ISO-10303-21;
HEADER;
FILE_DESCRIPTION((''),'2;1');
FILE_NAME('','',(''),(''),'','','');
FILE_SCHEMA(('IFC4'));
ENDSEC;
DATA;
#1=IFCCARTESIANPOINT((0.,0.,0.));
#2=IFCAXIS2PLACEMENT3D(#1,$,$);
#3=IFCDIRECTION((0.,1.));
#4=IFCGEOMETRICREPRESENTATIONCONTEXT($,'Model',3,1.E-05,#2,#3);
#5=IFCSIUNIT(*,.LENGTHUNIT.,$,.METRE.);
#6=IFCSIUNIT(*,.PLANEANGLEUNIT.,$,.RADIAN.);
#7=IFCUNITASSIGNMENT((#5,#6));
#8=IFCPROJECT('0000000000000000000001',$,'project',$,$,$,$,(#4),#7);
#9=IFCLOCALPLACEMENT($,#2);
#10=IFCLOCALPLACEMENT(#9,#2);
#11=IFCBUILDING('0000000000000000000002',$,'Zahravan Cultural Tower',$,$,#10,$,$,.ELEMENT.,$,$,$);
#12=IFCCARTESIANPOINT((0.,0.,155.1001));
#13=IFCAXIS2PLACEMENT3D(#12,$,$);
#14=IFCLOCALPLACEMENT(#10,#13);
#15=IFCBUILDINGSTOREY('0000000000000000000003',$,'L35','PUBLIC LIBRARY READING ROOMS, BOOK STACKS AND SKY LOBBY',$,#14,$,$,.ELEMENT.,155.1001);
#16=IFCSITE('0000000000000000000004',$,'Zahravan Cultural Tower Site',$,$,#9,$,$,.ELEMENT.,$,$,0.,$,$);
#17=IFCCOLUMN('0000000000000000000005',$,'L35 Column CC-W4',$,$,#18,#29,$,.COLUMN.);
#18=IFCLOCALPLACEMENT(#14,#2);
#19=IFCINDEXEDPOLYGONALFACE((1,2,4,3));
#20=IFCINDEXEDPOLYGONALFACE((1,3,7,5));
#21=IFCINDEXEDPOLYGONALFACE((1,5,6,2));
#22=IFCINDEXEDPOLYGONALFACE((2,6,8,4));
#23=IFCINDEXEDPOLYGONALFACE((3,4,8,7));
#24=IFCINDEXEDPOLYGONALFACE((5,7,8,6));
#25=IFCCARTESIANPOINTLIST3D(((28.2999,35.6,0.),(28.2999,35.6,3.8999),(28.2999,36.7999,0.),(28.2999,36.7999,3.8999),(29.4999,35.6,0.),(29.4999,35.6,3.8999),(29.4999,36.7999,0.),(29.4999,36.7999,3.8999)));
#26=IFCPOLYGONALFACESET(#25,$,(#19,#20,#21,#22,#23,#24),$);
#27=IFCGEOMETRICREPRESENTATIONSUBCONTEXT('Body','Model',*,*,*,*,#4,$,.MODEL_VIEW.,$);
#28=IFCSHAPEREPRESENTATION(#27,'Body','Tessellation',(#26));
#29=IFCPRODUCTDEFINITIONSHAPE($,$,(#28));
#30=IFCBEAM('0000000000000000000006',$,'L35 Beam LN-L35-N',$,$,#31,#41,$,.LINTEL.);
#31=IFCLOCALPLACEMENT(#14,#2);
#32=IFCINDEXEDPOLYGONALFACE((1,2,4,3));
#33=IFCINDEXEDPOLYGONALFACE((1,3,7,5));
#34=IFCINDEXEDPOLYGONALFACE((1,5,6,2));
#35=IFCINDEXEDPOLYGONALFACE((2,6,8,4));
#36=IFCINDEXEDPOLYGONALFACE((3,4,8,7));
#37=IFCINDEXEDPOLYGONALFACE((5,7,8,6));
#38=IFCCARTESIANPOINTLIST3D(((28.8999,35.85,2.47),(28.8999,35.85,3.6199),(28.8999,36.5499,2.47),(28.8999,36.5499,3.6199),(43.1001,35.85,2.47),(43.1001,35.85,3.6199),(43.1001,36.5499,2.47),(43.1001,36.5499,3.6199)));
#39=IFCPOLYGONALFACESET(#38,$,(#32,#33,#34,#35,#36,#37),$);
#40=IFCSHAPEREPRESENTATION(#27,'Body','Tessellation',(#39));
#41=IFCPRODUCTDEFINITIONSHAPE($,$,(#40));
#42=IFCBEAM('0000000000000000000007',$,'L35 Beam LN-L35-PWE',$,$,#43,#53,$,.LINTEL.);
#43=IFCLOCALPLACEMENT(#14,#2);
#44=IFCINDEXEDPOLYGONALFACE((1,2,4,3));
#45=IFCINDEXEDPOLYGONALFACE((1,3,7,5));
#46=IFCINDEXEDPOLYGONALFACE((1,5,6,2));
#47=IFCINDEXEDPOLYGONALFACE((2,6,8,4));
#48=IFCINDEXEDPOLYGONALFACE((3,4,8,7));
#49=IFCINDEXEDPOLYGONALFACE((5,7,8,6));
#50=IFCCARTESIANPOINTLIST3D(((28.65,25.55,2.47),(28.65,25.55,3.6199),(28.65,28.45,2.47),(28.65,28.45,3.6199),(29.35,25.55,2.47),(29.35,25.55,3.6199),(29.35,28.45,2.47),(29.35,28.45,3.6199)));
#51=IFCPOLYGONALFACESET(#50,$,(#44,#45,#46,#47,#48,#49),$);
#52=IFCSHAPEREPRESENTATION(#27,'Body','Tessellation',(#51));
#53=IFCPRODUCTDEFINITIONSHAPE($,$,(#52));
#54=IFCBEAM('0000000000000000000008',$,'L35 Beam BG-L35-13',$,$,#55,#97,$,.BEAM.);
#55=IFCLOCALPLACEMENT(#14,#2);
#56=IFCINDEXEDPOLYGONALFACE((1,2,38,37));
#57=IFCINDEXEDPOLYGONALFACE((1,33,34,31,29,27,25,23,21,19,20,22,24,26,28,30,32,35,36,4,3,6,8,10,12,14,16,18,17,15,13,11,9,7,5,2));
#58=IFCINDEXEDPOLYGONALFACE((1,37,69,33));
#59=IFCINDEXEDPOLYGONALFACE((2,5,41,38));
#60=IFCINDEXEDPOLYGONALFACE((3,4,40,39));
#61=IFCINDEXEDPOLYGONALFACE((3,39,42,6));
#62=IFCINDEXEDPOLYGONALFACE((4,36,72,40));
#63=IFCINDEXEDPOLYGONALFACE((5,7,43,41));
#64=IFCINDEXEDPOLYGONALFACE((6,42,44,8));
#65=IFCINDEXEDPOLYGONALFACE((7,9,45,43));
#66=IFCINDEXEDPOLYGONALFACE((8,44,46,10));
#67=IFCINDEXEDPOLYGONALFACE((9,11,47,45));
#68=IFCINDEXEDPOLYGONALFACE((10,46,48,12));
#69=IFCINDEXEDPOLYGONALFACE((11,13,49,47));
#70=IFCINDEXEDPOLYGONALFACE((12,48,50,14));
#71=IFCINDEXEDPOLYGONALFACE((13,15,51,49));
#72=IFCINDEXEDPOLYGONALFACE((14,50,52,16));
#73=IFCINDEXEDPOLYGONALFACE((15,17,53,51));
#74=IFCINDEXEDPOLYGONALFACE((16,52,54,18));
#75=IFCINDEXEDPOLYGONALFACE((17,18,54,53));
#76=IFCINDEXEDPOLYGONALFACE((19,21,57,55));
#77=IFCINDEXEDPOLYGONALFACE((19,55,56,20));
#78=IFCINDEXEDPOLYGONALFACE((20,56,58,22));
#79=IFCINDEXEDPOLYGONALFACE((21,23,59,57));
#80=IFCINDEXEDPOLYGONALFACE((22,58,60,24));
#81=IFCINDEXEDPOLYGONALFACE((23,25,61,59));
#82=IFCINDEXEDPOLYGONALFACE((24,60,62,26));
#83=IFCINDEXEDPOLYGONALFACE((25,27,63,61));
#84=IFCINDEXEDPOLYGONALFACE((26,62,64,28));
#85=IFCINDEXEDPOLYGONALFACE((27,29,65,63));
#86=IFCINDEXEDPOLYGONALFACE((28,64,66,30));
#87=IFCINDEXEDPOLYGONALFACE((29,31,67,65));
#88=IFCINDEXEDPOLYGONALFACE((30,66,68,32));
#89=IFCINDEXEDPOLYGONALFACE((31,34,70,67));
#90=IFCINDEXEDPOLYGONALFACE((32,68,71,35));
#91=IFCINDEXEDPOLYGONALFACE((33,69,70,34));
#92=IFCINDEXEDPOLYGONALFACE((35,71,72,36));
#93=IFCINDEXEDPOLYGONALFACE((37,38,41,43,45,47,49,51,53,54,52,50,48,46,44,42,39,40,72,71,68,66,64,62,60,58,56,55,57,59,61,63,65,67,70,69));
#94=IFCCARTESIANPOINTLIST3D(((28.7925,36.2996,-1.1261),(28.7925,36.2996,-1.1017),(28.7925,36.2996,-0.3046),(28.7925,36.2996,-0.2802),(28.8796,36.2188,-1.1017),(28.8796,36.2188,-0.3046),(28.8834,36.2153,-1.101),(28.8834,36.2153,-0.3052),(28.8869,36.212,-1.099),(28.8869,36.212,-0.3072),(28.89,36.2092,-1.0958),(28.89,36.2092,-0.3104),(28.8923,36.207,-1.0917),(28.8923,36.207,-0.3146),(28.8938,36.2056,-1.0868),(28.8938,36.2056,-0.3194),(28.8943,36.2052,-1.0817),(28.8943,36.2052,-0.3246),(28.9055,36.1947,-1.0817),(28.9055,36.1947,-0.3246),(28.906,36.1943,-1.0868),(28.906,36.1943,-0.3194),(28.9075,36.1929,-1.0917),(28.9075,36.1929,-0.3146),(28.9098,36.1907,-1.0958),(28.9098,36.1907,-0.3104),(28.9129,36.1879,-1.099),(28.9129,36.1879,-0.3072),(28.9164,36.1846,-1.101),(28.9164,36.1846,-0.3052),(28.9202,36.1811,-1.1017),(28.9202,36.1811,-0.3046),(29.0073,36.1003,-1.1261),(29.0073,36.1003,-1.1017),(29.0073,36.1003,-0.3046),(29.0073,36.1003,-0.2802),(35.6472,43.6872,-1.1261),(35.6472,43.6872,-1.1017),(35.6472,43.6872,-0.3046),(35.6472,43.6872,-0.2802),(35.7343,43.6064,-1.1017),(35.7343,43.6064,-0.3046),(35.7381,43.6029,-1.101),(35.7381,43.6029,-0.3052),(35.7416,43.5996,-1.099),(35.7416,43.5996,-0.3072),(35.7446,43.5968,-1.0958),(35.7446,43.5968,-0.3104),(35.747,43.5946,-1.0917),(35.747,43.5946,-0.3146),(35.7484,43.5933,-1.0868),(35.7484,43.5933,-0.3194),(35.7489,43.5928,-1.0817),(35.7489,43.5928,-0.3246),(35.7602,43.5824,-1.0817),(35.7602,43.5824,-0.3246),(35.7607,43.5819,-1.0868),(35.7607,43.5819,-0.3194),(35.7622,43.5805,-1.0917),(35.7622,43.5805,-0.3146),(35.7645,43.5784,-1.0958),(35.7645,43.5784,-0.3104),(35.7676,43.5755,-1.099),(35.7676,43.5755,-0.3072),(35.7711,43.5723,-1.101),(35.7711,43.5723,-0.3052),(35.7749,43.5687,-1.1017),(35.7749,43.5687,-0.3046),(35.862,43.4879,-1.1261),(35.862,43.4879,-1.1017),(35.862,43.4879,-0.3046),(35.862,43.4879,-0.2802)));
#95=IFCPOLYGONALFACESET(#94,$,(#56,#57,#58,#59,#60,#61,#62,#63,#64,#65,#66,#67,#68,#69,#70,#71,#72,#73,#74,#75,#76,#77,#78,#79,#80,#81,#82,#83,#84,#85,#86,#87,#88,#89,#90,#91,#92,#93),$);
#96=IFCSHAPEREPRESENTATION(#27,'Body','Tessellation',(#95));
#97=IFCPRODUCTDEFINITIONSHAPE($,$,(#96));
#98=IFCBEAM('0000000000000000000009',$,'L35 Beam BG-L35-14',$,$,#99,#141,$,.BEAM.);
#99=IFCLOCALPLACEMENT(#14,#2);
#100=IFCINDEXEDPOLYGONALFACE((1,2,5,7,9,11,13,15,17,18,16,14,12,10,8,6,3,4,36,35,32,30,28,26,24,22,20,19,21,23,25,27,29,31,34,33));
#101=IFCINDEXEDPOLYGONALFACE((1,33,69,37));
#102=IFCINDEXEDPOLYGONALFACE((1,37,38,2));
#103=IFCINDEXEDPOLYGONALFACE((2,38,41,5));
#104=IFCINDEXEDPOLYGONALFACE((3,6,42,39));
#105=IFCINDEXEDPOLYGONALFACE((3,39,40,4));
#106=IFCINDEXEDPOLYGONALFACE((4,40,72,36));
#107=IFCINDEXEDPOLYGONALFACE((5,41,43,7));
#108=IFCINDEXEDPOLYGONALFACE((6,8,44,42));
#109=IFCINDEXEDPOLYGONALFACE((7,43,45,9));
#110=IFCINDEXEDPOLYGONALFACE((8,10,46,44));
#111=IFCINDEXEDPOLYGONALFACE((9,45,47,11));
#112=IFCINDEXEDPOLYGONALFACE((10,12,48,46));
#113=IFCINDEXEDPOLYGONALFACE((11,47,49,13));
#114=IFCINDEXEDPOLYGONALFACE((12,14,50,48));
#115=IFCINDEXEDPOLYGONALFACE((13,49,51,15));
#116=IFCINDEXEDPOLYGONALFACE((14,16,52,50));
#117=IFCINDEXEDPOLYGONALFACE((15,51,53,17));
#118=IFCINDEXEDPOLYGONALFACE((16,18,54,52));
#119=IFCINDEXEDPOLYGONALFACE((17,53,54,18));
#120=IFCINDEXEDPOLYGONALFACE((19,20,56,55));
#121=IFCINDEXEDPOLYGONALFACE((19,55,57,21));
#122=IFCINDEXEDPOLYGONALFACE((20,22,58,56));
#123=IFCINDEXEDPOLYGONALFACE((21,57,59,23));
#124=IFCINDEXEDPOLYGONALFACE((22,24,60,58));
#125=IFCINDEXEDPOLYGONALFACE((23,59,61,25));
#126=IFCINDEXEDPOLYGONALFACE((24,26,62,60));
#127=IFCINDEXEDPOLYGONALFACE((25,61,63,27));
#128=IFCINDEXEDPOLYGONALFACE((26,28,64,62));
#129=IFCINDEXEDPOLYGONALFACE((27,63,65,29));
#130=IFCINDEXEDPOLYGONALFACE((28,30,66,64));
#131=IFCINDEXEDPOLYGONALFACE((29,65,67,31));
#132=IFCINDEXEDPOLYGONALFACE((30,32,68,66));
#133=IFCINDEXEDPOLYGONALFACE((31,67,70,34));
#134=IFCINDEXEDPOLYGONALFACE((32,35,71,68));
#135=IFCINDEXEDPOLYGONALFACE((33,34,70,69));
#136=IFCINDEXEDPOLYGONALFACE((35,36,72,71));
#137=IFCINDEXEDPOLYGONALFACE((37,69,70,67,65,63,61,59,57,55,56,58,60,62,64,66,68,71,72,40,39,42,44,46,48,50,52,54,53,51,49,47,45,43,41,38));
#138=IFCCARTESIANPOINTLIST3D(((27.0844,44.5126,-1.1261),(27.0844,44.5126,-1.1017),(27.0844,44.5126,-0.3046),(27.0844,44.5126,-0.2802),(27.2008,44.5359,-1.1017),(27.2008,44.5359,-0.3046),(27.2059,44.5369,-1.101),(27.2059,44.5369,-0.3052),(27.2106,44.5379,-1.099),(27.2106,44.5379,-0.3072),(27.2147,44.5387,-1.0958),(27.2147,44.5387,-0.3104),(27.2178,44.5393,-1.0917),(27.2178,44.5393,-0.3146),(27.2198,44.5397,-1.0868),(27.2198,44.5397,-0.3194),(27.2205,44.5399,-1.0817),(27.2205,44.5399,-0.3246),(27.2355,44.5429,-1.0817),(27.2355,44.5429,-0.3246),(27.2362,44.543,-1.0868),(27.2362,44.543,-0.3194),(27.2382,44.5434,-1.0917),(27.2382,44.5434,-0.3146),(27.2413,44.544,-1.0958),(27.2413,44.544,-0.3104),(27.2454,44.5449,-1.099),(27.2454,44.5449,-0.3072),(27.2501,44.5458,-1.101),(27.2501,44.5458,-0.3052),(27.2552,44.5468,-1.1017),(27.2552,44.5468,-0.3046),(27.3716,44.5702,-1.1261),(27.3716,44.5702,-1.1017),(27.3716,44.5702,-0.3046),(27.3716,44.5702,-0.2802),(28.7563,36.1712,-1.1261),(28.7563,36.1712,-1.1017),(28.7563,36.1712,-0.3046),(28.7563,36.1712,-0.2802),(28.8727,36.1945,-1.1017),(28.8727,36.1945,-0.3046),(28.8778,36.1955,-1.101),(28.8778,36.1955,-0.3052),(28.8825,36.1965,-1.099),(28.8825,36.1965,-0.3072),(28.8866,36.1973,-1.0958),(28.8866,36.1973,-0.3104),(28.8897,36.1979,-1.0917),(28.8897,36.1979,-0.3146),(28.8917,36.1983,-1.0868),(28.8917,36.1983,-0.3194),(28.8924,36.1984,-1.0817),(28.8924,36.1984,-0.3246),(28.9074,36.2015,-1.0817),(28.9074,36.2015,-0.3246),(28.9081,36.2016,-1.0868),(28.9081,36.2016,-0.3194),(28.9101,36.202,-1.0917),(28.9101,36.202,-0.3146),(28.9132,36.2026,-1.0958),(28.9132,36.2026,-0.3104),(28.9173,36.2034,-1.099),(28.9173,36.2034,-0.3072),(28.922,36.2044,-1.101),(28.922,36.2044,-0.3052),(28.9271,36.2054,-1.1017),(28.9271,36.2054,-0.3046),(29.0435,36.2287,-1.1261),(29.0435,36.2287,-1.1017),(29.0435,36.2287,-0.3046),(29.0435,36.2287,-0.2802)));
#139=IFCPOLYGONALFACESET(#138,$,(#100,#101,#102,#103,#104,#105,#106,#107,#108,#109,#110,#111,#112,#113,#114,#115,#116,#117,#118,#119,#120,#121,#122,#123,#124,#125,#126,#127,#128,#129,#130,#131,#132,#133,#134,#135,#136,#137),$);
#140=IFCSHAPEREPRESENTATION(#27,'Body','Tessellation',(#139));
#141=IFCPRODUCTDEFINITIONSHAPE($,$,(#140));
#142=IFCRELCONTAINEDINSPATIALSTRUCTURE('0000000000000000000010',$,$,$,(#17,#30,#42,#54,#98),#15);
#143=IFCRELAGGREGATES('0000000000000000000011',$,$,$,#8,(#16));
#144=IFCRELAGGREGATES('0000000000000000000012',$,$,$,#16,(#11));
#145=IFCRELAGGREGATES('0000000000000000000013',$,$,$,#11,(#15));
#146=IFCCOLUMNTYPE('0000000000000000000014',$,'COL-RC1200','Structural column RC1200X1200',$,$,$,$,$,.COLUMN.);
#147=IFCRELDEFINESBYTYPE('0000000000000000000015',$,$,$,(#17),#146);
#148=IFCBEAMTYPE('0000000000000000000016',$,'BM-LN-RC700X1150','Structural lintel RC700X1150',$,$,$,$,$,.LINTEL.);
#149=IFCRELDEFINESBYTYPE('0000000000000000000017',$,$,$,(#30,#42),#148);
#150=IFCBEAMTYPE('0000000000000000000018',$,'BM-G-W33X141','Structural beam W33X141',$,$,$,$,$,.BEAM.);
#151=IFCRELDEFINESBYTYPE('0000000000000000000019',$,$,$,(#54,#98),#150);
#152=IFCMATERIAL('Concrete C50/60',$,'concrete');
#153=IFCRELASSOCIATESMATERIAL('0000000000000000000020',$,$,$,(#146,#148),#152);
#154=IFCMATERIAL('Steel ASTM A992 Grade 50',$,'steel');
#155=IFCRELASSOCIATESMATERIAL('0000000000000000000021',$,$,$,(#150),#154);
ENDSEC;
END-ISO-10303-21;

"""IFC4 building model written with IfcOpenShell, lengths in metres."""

from ifc_helpers import new_model, si_unit, direction, frame, origin, origin_2d, place, context, subcontext, project, spatial, rectangle, i_section, extrude, source, transform, mapped, material, material_profile, profile_set, type_object, element, save


model = new_model("IFC4")

# Units and contexts
model_context = context("Model", 3, precision=1e-05, world=origin(), true_north=direction((0.0, 1.0)))
body_context = subcontext(model_context, "Body", "Model", "MODEL_VIEW")
ifc_project = project(units=[si_unit("LENGTHUNIT", "METRE"), si_unit("PLANEANGLEUNIT", "RADIAN")], contexts=[model_context])

# Site, building, storey
site_placement = place(None, origin())
site = spatial("IfcSite", under=ifc_project, at=site_placement, Name="Zahravan Cultural Tower Site", CompositionType="ELEMENT", RefElevation=0.0)
building_placement = place(site_placement, origin())
building = spatial("IfcBuilding", under=site, at=building_placement, Name="Zahravan Cultural Tower", CompositionType="ELEMENT")
storey_placement = place(building_placement, frame((0.0, 0.0, 155.1001)))
storey = spatial("IfcBuildingStorey", under=building, at=storey_placement, Name="L35", Description="PUBLIC LIBRARY READING ROOMS, BOOK STACKS AND SKY LOBBY", CompositionType="ELEMENT", Elevation=155.1001)

# Column
ifc_material_1 = material(Name="Concrete C50/60", Category="concrete")
ifc_material_profile_1 = material_profile(ifc_material_1, rectangle(XDim=1.2, YDim=1.2, at=origin_2d()), Name="RC1200X1200")
ifc_profile_set_1 = profile_set([ifc_material_profile_1], Name="Concrete C50/60")
column_type = type_object("IfcColumnType", Name="COL-RC1200", Description="Structural column RC1200X1200", PredefinedType="COLUMN", material=ifc_profile_set_1)
shared_shape_1 = source(origin(), body_context, "Body", "SweptSolid", [
    extrude(rectangle(XDim=1.2, YDim=1.2, at=origin_2d()), origin(), (0.0, 0.0, 1.0), 3.8999),
])
column_placement = place(storey_placement, frame((28.8999, 36.2, 0.0), z_axis=(0.0, 0.0, 1.0), x_axis=(1.0, 0.0, 0.0)))
element("IfcColumn", 1, at=column_placement, inside=storey, type_object=column_type, Name="L35 Column CC-W4", PredefinedType="COLUMN", context=body_context, shape_type="MappedRepresentation", body=[
    mapped(shared_shape_1, transform((0.0, 0.0, 0.0), x_axis=(1.0, 0.0, 0.0), y_axis=(0.0, 1.0, 0.0), z_axis=(0.0, 0.0, 1.0), scale=1.0)),
])

# Beams
ifc_material_profile_2 = material_profile(ifc_material_1, rectangle(XDim=0.7, YDim=1.1499, at=origin_2d()), Name="RC700X1150")
ifc_profile_set_2 = profile_set([ifc_material_profile_2], Name="Concrete C50/60")
beam_type_1 = type_object("IfcBeamType", Name="BM-LN-RC700X1150", Description="Structural lintel RC700X1150", PredefinedType="LINTEL", material=ifc_profile_set_2)
shared_shape_2 = source(origin(), body_context, "Body", "SweptSolid", [
    extrude(rectangle(XDim=0.7, YDim=1.1499, at=origin_2d()), origin(), (0.0, 0.0, 1.0), 14.2002),
])
beam_1_placement = place(storey_placement, frame((28.8999, 36.2, 3.0449), z_axis=(1.0, 0.0, 0.0), x_axis=(0.0, 1.0, 0.0)))
element("IfcBeam", 2, at=beam_1_placement, inside=storey, type_object=beam_type_1, Name="L35 Beam LN-L35-N", PredefinedType="LINTEL", context=body_context, shape_type="MappedRepresentation", body=[
    mapped(shared_shape_2, transform((0.0, 0.0, 0.0), x_axis=(1.0, 0.0, 0.0), y_axis=(0.0, 1.0, 0.0), z_axis=(0.0, 0.0, 1.0), scale=1.0)),
])
shared_shape_3 = source(origin(), body_context, "Body", "SweptSolid", [
    extrude(rectangle(XDim=0.7, YDim=1.1499, at=origin_2d()), origin(), (0.0, 0.0, 1.0), 2.8999),
])
beam_2_placement = place(storey_placement, frame((29.0, 25.55, 3.0449), z_axis=(0.0, 1.0, 0.0), x_axis=(-1.0, 0.0, 0.0)))
element("IfcBeam", 3, at=beam_2_placement, inside=storey, type_object=beam_type_1, Name="L35 Beam LN-L35-PWE", PredefinedType="LINTEL", context=body_context, shape_type="MappedRepresentation", body=[
    mapped(shared_shape_3, transform((0.0, 0.0, 0.0), x_axis=(1.0, 0.0, 0.0), y_axis=(0.0, 1.0, 0.0), z_axis=(0.0, 0.0, 1.0), scale=1.0)),
])
ifc_material_2 = material(Name="Steel ASTM A992 Grade 50", Category="steel")
ifc_material_profile_3 = material_profile(ifc_material_2, i_section(OverallWidth=0.293, OverallDepth=0.8459, WebThickness=0.0154, FlangeThickness=0.0244, FilletRadius=0.02, at=origin_2d()), Name="W33X141")
ifc_profile_set_3 = profile_set([ifc_material_profile_3], Name="Steel ASTM A992 Grade 50")
beam_type_2 = type_object("IfcBeamType", Name="BM-G-W33X141", Description="Structural beam W33X141", PredefinedType="BEAM", material=ifc_profile_set_3)
shared_shape_4 = source(origin(), body_context, "Body", "SweptSolid", [
    extrude(i_section(OverallWidth=0.293, OverallDepth=0.8459, WebThickness=0.0154, FlangeThickness=0.0244, FilletRadius=0.02, at=origin_2d()), origin(), (0.0, 0.0, 1.0), 10.0779),
])
beam_3_placement = place(storey_placement, frame((28.8999, 36.2, -0.7031), z_axis=(0.68017, 0.733054, 0.0), x_axis=(-0.733054, 0.68017, 0.0)))
element("IfcBeam", 4, at=beam_3_placement, inside=storey, type_object=beam_type_2, Name="L35 Beam BG-L35-13", PredefinedType="BEAM", context=body_context, shape_type="MappedRepresentation", body=[
    mapped(shared_shape_4, transform((0.0, 0.0, 0.0), x_axis=(1.0, 0.0, 0.0), y_axis=(0.0, 1.0, 0.0), z_axis=(0.0, 0.0, 1.0), scale=1.0)),
])
shared_shape_5 = source(origin(), body_context, "Body", "SweptSolid", [
    extrude(i_section(OverallWidth=0.293, OverallDepth=0.8459, WebThickness=0.0154, FlangeThickness=0.0244, FilletRadius=0.02, at=origin_2d()), origin(), (0.0, 0.0, 1.0), 8.5073),
])
beam_4_placement = place(storey_placement, frame((28.8999, 36.2, -0.7031), z_axis=(-0.196525, 0.980499, 0.0), x_axis=(-0.980499, -0.196525, 0.0)))
element("IfcBeam", 5, at=beam_4_placement, inside=storey, type_object=beam_type_2, Name="L35 Beam BG-L35-14", PredefinedType="BEAM", context=body_context, shape_type="MappedRepresentation", body=[
    mapped(shared_shape_5, transform((0.0, 0.0, 0.0), x_axis=(1.0, 0.0, 0.0), y_axis=(0.0, 1.0, 0.0), z_axis=(0.0, 0.0, 1.0), scale=1.0)),
])

save(model, "model.ifc")
